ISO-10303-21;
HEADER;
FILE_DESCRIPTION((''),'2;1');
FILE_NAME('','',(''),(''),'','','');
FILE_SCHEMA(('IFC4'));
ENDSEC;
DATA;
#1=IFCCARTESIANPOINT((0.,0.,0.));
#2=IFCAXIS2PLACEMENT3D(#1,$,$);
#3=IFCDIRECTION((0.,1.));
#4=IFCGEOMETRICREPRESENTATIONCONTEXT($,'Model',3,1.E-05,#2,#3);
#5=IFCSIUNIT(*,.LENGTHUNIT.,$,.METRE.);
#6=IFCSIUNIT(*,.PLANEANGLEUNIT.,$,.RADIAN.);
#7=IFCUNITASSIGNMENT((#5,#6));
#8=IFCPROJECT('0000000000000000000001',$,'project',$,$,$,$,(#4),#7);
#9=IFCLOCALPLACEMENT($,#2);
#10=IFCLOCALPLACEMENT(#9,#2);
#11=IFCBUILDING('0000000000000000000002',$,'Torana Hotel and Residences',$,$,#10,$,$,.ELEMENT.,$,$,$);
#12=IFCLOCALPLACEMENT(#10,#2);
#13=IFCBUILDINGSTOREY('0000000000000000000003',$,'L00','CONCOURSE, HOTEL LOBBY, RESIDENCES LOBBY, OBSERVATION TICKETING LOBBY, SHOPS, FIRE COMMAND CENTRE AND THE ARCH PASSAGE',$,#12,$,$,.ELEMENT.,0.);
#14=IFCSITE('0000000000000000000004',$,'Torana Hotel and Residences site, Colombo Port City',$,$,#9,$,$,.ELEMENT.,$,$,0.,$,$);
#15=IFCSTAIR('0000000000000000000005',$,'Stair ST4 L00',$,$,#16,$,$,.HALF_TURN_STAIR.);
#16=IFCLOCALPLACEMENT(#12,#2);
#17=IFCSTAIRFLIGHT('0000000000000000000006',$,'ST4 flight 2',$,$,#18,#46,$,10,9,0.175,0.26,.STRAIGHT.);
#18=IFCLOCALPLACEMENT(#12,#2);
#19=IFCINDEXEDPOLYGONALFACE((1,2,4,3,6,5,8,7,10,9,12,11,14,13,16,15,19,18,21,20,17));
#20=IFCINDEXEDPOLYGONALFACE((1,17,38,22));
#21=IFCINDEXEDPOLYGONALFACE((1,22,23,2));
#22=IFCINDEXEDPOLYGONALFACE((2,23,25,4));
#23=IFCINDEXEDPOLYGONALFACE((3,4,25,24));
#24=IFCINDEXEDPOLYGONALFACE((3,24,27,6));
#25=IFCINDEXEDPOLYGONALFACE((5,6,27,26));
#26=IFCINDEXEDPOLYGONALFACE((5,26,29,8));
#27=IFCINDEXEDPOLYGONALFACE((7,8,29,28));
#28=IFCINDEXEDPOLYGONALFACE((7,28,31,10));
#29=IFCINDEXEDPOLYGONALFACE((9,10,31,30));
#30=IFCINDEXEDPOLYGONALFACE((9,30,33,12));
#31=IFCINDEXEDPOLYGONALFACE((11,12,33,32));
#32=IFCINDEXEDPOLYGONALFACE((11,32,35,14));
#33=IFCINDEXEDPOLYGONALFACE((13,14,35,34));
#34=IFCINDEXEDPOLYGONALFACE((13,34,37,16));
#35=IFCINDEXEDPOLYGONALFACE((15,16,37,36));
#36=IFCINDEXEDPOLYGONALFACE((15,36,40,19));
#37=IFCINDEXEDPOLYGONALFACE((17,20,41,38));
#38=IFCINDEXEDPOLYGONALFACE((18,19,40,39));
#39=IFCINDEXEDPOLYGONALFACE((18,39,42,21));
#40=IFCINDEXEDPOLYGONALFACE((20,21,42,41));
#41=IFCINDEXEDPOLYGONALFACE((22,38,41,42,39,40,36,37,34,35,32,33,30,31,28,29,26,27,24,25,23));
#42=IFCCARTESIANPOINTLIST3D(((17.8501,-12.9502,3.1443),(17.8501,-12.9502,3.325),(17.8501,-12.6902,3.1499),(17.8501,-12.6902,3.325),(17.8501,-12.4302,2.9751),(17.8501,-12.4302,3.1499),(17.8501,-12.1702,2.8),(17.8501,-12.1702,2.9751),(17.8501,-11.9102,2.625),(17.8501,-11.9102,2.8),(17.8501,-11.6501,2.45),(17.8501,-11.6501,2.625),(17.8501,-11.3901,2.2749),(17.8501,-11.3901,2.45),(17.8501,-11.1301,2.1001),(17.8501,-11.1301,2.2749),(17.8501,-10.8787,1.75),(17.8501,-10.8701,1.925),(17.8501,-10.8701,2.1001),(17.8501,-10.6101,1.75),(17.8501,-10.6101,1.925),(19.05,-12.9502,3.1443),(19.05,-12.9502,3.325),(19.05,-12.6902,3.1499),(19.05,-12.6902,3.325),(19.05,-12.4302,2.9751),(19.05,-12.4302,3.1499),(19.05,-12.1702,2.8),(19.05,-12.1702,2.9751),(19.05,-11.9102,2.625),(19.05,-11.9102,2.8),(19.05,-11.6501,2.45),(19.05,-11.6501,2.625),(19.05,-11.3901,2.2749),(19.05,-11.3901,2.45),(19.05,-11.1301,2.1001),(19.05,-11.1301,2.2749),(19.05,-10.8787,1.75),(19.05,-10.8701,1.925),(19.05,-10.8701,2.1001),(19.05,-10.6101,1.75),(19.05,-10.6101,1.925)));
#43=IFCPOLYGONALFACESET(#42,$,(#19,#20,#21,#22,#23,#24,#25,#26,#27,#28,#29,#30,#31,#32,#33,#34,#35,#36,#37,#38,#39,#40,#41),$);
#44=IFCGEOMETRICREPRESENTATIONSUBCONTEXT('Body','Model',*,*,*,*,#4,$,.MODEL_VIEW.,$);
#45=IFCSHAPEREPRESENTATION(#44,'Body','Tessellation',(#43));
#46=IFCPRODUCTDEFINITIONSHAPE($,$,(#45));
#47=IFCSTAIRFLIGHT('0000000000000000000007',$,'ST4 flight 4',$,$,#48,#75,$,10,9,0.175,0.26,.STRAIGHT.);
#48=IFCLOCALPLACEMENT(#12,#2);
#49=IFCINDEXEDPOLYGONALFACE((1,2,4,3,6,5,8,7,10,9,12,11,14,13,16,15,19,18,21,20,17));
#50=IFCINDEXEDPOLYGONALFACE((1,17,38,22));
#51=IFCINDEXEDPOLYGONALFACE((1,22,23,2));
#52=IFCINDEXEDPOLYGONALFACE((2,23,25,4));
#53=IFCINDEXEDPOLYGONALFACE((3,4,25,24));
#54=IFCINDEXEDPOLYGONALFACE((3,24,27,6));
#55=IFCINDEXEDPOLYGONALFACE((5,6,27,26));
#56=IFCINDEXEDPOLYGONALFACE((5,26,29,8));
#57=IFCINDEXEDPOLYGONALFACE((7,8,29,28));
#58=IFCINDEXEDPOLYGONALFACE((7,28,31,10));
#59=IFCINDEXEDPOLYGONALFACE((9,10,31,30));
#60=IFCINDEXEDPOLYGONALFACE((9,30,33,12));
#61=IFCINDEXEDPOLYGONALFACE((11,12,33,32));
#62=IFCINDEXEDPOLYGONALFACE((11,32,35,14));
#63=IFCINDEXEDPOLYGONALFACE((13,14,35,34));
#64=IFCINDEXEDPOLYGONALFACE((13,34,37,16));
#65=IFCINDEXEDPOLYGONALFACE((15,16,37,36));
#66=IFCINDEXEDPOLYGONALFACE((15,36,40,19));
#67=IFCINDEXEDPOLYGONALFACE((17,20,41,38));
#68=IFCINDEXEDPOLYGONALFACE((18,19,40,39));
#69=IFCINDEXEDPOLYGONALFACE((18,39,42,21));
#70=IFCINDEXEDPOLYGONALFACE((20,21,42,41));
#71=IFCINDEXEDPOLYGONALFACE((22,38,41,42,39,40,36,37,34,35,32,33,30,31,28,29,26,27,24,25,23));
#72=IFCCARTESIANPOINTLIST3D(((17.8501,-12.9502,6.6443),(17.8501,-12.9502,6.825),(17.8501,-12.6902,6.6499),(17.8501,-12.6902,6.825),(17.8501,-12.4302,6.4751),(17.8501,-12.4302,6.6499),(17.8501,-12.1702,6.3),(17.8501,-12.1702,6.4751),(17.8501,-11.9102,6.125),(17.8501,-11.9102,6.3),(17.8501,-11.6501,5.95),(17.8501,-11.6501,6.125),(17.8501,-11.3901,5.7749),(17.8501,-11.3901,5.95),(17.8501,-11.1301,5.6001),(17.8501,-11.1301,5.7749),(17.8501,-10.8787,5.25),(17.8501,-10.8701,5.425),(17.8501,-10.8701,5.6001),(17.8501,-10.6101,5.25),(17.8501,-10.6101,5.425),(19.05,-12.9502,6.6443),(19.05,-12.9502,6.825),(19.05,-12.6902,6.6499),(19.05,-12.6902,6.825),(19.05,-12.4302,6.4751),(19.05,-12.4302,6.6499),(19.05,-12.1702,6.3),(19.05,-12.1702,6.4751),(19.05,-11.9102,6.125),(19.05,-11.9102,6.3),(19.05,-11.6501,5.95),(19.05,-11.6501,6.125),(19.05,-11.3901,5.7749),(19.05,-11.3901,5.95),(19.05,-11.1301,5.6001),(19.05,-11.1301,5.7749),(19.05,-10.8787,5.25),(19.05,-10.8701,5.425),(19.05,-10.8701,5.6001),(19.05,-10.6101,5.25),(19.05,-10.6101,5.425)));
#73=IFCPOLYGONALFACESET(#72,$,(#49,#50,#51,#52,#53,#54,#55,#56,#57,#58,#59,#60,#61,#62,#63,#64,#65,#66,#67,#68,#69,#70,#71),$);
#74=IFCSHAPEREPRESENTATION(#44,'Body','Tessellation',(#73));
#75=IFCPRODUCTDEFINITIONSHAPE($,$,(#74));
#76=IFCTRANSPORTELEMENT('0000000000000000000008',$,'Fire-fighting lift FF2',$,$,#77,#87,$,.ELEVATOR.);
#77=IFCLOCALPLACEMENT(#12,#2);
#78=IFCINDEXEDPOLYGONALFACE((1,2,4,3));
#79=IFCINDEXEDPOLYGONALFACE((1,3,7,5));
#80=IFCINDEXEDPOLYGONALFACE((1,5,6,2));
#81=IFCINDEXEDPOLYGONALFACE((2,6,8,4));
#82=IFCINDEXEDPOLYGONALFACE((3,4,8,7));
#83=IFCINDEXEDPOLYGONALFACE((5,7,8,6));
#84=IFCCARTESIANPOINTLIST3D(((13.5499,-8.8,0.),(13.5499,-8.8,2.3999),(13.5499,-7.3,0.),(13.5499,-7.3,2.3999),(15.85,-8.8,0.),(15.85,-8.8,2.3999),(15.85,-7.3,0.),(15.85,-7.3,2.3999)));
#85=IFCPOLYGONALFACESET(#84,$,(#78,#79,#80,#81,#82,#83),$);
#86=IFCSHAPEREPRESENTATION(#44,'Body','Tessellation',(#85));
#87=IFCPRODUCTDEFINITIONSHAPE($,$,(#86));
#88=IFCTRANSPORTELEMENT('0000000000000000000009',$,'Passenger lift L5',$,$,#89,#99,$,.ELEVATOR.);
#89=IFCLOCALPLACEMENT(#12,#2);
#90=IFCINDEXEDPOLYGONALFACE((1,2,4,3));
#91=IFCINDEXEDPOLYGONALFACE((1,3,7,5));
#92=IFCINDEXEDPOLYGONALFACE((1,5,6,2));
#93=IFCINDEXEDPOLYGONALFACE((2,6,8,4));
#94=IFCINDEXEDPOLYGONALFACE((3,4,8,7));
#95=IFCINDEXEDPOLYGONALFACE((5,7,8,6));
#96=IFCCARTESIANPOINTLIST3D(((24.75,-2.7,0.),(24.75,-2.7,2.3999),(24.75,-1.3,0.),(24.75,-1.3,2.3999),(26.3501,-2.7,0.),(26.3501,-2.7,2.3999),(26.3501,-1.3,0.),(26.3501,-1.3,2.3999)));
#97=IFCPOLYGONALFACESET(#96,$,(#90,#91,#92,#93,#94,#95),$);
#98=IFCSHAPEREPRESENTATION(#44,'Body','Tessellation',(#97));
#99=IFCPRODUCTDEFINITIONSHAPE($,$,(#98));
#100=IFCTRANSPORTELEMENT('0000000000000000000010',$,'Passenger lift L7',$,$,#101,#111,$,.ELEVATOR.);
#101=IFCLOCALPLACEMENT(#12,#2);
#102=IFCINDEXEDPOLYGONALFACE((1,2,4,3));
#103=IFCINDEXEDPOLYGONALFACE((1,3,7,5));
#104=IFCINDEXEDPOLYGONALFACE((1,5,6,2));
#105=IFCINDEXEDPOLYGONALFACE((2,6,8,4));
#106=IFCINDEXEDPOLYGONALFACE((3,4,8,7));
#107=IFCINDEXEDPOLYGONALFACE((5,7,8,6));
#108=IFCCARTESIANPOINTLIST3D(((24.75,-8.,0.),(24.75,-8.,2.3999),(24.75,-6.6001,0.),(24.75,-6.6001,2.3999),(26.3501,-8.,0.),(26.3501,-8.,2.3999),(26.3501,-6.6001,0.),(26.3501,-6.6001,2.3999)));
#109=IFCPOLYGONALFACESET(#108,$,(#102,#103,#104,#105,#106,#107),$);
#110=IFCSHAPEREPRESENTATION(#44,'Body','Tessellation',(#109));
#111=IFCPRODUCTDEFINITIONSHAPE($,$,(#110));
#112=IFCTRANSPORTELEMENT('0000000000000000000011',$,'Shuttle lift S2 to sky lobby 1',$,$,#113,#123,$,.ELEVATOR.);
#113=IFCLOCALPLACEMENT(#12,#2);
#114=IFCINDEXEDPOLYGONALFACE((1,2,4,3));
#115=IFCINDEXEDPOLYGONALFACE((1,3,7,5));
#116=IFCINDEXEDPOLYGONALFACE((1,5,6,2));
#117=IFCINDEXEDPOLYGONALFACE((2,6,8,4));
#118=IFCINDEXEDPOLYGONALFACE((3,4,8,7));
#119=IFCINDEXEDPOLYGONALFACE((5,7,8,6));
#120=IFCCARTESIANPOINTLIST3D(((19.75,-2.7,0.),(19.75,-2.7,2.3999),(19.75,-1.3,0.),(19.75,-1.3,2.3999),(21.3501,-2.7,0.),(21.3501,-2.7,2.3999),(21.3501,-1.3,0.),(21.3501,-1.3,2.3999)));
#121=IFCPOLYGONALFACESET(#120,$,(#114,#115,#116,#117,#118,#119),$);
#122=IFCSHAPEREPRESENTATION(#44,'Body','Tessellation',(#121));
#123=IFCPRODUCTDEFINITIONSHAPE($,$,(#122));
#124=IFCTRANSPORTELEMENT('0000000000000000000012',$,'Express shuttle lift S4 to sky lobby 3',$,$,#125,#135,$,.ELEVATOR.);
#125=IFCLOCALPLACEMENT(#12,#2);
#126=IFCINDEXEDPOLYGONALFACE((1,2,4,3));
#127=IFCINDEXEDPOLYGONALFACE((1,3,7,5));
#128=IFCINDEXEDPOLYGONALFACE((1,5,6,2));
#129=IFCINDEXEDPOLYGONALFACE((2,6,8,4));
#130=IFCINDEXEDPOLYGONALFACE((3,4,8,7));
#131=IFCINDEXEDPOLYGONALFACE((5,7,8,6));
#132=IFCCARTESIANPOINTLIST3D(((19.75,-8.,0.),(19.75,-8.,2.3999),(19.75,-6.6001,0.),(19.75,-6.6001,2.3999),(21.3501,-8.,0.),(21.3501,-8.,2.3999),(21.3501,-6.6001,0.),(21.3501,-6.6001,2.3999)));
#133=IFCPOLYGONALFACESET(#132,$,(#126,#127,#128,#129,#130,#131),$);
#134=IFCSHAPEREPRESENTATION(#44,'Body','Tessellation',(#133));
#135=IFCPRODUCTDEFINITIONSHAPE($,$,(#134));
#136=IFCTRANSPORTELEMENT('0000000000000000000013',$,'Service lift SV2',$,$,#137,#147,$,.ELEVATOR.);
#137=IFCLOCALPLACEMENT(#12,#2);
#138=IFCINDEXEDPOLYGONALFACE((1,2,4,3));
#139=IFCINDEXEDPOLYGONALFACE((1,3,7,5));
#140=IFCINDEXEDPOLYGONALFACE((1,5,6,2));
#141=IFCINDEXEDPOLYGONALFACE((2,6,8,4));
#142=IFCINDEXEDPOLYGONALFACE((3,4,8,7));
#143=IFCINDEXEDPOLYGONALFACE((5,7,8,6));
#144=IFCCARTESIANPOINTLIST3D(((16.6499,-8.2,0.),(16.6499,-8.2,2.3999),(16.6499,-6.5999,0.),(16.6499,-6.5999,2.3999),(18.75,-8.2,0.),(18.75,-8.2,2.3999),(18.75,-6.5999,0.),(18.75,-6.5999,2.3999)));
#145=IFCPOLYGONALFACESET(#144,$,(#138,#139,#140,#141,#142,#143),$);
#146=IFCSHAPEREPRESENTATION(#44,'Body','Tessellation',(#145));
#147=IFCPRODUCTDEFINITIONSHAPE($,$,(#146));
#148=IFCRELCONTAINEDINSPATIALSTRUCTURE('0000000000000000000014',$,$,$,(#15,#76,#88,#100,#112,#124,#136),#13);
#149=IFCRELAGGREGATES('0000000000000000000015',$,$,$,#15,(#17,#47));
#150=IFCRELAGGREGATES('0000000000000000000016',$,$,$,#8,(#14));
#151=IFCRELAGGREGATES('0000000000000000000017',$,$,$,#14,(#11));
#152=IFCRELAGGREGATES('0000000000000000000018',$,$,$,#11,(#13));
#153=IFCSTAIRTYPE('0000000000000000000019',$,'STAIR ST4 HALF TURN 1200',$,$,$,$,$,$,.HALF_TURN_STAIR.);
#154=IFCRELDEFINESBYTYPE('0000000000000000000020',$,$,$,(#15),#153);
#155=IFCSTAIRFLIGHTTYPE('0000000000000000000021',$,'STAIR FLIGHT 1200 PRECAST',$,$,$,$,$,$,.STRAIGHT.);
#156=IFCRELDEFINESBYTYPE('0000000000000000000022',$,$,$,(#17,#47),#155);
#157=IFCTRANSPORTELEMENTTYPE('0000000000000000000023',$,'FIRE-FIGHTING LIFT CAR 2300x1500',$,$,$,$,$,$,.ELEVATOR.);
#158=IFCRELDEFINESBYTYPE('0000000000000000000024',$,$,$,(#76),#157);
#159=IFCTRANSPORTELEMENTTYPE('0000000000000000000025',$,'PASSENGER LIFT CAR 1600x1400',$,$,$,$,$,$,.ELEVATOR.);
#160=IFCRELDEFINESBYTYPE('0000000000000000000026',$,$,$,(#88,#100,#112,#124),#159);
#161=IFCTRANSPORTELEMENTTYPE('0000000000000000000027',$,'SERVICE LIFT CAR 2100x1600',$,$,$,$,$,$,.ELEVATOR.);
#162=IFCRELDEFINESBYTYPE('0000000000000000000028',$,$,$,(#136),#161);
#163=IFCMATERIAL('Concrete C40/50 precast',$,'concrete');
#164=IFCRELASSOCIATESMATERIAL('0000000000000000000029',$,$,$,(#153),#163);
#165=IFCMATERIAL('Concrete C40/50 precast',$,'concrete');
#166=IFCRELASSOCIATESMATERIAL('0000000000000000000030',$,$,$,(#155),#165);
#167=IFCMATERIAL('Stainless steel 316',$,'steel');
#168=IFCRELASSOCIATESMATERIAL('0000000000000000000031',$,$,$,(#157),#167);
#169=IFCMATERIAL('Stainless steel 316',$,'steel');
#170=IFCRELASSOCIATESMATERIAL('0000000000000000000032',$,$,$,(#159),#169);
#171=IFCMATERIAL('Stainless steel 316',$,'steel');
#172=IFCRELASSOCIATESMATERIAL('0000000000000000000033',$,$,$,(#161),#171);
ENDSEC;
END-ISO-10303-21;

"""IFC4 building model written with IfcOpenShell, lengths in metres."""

from ifc_helpers import new_model, si_unit, direction, frame, origin, origin_2d, place, context, subcontext, project, spatial, polyline, rectangle, outline, extrude, material, type_object, element, aggregate, save


model = new_model("IFC4")

# Units and contexts
model_context = context("Model", 3, precision=1e-05, world=origin(), true_north=direction((0.0, 1.0)))
body_context = subcontext(model_context, "Body", "Model", "MODEL_VIEW")
ifc_project = project(units=[si_unit("LENGTHUNIT", "METRE"), si_unit("PLANEANGLEUNIT", "RADIAN")], contexts=[model_context])

# Site, building, storey
site_placement = place(None, origin())
site = spatial("IfcSite", under=ifc_project, at=site_placement, Name="Torana Hotel and Residences site, Colombo Port City", CompositionType="ELEMENT", RefElevation=0.0)
building_placement = place(site_placement, origin())
building = spatial("IfcBuilding", under=site, at=building_placement, Name="Torana Hotel and Residences", CompositionType="ELEMENT")
storey_placement = place(building_placement, origin())
storey = spatial("IfcBuildingStorey", under=building, at=storey_placement, Name="L00", Description="CONCOURSE, HOTEL LOBBY, RESIDENCES LOBBY, OBSERVATION TICKETING LOBBY, SHOPS, FIRE COMMAND CENTRE AND THE ARCH PASSAGE", CompositionType="ELEMENT", Elevation=0.0)

# Stair, stair flights
ifc_material_1 = material(Name="Concrete C40/50 precast", Category="concrete")
stair_type = type_object("IfcStairType", Name="STAIR ST4 HALF TURN 1200", PredefinedType="HALF_TURN_STAIR", material=ifc_material_1)
stair_placement = place(storey_placement, origin())
stair = element("IfcStair", 1, at=stair_placement, inside=storey, type_object=stair_type, Name="Stair ST4 L00", PredefinedType="HALF_TURN_STAIR")
ifc_material_2 = material(Name="Concrete C40/50 precast", Category="concrete")
stair_flight_type = type_object("IfcStairFlightType", Name="STAIR FLIGHT 1200 PRECAST", PredefinedType="STRAIGHT", material=ifc_material_2)
stair_flight_1_placement = place(storey_placement, frame((18.45, -10.6101, 1.75), z_axis=(0.0, 0.0, 1.0), x_axis=(0.0, -1.0, 0.0)))
stair_flight_1 = element("IfcStairFlight", 2, at=stair_flight_1_placement, type_object=stair_flight_type, Name="ST4 flight 2", NumberOfRisers=10, NumberOfTreads=9, PredefinedType="STRAIGHT", RiserHeight=0.175, TreadLength=0.26, context=body_context, shape_type="SweptSolid", body=[
    extrude(outline(polyline([(0.0, 0.0), (0.0, 0.175), (0.26, 0.175), (0.26, 0.3501), (0.52, 0.3501), (0.52, 0.5249), (0.78, 0.5249), (0.78, 0.7), (1.04, 0.7), (1.04, 0.875), (1.3, 0.875), (1.3, 1.05), (1.5601, 1.05), (1.5601, 1.2251), (1.8201, 1.2251), (1.8201, 1.3999), (2.0801, 1.3999), (2.0801, 1.575), (2.3401, 1.575), (2.3401, 1.75), (2.3401, 1.3943), (0.2686, 0.0), (0.0, 0.0)])), frame((0.0, 0.6001, 0.0), z_axis=(0.0, -1.0, 0.0), x_axis=(1.0, 0.0, 0.0)), (0.0, 0.0, 1.0), 1.2),
])
stair_flight_2_placement = place(storey_placement, frame((18.45, -10.6101, 5.25), z_axis=(0.0, 0.0, 1.0), x_axis=(0.0, -1.0, 0.0)))
stair_flight_2 = element("IfcStairFlight", 3, at=stair_flight_2_placement, type_object=stair_flight_type, Name="ST4 flight 4", NumberOfRisers=10, NumberOfTreads=9, PredefinedType="STRAIGHT", RiserHeight=0.175, TreadLength=0.26, context=body_context, shape_type="SweptSolid", body=[
    extrude(outline(polyline([(0.0, 0.0), (0.0, 0.175), (0.26, 0.175), (0.26, 0.3501), (0.52, 0.3501), (0.52, 0.5249), (0.78, 0.5249), (0.78, 0.7), (1.04, 0.7), (1.04, 0.875), (1.3, 0.875), (1.3, 1.05), (1.5601, 1.05), (1.5601, 1.2251), (1.8201, 1.2251), (1.8201, 1.3999), (2.0801, 1.3999), (2.0801, 1.575), (2.3401, 1.575), (2.3401, 1.75), (2.3401, 1.3943), (0.2686, 0.0), (0.0, 0.0)])), frame((0.0, 0.6001, 0.0), z_axis=(0.0, -1.0, 0.0), x_axis=(1.0, 0.0, 0.0)), (0.0, 0.0, 1.0), 1.2),
])
aggregate(stair, [stair_flight_1, stair_flight_2])

# Transport elements
ifc_material_3 = material(Name="Stainless steel 316", Category="steel")
transport_element_type_1 = type_object("IfcTransportElementType", Name="FIRE-FIGHTING LIFT CAR 2300x1500", PredefinedType="ELEVATOR", material=ifc_material_3)
transport_element_1_placement = place(storey_placement, frame((14.7, -8.05, 0.0), z_axis=(0.0, 0.0, 1.0), x_axis=(1.0, 0.0, 0.0)))
element("IfcTransportElement", 4, at=transport_element_1_placement, inside=storey, type_object=transport_element_type_1, Name="Fire-fighting lift FF2", PredefinedType="ELEVATOR", context=body_context, shape_type="SweptSolid", body=[
    extrude(rectangle(XDim=2.3, YDim=1.5, at=origin_2d()), origin(), (0.0, 0.0, 1.0), 2.3999),
])
ifc_material_4 = material(Name="Stainless steel 316", Category="steel")
transport_element_type_2 = type_object("IfcTransportElementType", Name="PASSENGER LIFT CAR 1600x1400", PredefinedType="ELEVATOR", material=ifc_material_4)
for number, where, z_axis, x_axis, name in (
    (5, (25.55, -2.0, 0.0), (0.0, 0.0, 1.0), (1.0, 0.0, 0.0), "Passenger lift L5"),
    (6, (25.55, -7.3, 0.0), (0.0, 0.0, 1.0), (1.0, 0.0, 0.0), "Passenger lift L7"),
    (7, (20.55, -2.0, 0.0), (0.0, 0.0, 1.0), (1.0, 0.0, 0.0), "Shuttle lift S2 to sky lobby 1"),
    (8, (20.55, -7.3, 0.0), (0.0, 0.0, 1.0), (1.0, 0.0, 0.0), "Express shuttle lift S4 to sky lobby 3"),
):
    element("IfcTransportElement", number, at=place(storey_placement, frame(where, z_axis=z_axis, x_axis=x_axis)), inside=storey, type_object=transport_element_type_2, Name=name, PredefinedType="ELEVATOR", context=body_context, shape_type="SweptSolid", body=[
        extrude(rectangle(XDim=1.6001, YDim=1.3999, at=origin_2d()), origin(), (0.0, 0.0, 1.0), 2.3999),
    ])
ifc_material_5 = material(Name="Stainless steel 316", Category="steel")
transport_element_type_3 = type_object("IfcTransportElementType", Name="SERVICE LIFT CAR 2100x1600", PredefinedType="ELEVATOR", material=ifc_material_5)
transport_element_2_placement = place(storey_placement, frame((17.7, -7.3999, 0.0), z_axis=(0.0, 0.0, 1.0), x_axis=(1.0, 0.0, 0.0)))
element("IfcTransportElement", 9, at=transport_element_2_placement, inside=storey, type_object=transport_element_type_3, Name="Service lift SV2", PredefinedType="ELEVATOR", context=body_context, shape_type="SweptSolid", body=[
    extrude(rectangle(XDim=2.1001, YDim=1.6001, at=origin_2d()), origin(), (0.0, 0.0, 1.0), 2.3999),
])

save(model, "model.ifc")
